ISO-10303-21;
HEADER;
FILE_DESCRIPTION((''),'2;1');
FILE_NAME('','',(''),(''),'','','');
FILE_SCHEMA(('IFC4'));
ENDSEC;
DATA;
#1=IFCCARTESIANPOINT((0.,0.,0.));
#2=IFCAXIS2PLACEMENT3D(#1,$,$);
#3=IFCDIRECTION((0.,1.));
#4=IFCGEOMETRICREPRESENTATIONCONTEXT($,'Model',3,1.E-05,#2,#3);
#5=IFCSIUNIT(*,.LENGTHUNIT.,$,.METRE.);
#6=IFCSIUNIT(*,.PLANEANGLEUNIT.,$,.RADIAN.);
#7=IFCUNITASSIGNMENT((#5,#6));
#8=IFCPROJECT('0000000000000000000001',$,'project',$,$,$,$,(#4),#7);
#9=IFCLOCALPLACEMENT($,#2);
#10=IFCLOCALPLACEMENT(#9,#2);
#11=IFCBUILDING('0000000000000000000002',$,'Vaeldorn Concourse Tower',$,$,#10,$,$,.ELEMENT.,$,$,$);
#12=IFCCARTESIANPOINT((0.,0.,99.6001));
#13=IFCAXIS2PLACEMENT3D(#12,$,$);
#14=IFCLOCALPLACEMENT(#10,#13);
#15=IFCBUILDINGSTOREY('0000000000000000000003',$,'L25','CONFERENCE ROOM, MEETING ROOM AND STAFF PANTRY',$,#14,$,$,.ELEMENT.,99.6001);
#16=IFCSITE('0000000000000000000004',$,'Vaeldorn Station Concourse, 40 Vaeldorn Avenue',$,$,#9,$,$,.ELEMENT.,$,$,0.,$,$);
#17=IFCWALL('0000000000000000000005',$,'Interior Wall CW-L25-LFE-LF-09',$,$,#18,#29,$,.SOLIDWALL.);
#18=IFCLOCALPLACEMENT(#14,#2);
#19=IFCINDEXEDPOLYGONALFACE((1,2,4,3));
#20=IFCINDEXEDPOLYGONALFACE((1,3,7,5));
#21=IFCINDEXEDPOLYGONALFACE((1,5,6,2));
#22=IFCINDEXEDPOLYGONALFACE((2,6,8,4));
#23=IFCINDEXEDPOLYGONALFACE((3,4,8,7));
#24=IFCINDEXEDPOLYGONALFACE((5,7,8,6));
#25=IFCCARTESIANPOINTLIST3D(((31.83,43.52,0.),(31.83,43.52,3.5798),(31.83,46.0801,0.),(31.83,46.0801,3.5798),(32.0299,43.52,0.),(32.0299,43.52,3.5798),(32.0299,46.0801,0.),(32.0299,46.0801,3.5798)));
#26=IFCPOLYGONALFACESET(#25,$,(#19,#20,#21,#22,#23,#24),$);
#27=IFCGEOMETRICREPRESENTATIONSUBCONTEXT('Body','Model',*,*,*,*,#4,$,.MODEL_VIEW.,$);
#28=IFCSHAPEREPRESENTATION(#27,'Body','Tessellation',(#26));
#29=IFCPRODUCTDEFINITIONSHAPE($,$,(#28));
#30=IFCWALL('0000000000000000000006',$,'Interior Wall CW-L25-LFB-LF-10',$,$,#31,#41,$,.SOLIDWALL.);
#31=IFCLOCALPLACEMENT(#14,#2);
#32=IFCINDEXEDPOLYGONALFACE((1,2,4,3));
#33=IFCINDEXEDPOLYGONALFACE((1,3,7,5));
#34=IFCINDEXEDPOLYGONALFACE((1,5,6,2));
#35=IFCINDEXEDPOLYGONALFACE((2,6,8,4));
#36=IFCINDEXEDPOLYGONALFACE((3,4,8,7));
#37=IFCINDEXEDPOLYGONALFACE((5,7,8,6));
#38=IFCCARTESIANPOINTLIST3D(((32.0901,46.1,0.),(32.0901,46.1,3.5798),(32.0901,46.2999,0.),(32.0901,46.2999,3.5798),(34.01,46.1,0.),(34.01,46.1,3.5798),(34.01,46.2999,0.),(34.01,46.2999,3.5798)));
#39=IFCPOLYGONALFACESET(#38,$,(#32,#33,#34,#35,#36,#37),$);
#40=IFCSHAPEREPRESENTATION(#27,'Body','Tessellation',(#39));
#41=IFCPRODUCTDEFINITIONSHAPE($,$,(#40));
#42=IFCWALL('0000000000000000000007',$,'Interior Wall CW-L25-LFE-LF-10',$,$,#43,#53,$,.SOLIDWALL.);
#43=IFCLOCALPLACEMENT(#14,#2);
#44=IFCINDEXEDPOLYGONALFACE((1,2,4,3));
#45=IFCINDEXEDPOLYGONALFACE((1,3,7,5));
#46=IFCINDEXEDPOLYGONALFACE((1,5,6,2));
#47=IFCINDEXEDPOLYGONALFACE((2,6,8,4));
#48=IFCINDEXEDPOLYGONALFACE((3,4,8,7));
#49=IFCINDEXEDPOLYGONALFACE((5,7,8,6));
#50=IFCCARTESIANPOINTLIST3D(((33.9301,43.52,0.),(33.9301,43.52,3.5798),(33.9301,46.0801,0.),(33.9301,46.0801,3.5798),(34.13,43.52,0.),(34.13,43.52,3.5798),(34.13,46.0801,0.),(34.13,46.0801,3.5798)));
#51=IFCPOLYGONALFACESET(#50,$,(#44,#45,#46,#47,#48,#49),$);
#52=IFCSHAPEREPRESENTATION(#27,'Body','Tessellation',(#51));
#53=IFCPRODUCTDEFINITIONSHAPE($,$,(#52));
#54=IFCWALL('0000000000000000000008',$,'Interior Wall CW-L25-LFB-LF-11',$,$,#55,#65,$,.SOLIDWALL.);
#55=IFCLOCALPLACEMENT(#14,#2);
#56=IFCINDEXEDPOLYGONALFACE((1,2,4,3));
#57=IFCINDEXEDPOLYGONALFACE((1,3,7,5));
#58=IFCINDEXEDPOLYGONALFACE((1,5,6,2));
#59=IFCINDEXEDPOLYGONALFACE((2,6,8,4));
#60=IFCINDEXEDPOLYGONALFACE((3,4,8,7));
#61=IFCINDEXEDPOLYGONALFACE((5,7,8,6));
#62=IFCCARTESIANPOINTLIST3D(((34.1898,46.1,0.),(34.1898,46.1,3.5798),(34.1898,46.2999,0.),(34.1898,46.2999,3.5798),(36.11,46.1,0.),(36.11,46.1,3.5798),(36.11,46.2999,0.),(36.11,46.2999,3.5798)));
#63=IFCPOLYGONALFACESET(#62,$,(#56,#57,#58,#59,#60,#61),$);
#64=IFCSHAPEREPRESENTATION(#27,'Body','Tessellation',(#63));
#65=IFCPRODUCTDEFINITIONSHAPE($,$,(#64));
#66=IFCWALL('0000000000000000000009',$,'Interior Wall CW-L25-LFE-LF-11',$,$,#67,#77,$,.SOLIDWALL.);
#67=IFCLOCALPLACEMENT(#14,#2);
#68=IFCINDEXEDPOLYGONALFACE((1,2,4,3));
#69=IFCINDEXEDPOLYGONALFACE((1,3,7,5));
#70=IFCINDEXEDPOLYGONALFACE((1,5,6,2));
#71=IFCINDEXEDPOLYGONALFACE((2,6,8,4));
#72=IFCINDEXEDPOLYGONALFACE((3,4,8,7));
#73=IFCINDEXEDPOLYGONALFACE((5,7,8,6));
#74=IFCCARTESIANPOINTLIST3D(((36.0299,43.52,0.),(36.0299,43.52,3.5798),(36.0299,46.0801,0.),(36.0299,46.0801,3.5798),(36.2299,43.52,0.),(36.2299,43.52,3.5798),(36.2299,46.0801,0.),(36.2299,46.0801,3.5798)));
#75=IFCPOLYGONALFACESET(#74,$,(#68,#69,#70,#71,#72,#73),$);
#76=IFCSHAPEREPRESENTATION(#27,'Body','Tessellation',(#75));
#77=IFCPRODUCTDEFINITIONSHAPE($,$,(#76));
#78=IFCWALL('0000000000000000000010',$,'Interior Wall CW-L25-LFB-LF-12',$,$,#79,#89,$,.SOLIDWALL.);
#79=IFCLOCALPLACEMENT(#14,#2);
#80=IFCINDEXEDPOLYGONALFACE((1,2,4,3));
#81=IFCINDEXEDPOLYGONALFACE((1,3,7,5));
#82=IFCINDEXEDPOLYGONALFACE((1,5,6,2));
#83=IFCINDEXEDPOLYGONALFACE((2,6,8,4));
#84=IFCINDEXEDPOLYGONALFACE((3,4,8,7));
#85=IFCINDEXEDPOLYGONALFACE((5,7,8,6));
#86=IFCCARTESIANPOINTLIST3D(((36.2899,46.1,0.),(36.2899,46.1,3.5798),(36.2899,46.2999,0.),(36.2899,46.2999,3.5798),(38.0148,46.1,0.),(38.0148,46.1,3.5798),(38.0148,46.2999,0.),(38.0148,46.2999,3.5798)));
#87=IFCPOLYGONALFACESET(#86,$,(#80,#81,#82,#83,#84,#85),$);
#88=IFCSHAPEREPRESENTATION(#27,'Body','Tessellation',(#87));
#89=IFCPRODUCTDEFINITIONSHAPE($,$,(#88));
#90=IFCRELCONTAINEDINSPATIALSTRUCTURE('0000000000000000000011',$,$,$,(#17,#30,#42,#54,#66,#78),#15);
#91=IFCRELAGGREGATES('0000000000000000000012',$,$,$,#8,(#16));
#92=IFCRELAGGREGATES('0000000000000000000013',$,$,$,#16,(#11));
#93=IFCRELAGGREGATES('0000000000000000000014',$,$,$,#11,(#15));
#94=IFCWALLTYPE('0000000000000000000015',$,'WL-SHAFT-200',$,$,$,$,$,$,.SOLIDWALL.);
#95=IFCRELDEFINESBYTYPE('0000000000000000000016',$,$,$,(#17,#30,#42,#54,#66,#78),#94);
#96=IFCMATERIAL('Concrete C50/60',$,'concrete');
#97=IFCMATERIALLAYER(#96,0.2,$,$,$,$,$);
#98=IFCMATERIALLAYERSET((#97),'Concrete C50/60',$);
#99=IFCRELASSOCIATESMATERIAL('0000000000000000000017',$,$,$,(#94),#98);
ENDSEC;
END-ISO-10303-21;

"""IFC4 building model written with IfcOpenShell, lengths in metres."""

from ifc_helpers import new_model, si_unit, direction, frame, frame_2d, origin, place, context, subcontext, project, spatial, rectangle, extrude, material, layer, layer_set, type_object, element, save


model = new_model("IFC4")

# Units and contexts
model_context = context("Model", 3, precision=1e-05, world=origin(), true_north=direction((0.0, 1.0)))
body_context = subcontext(model_context, "Body", "Model", "MODEL_VIEW")
ifc_project = project(units=[si_unit("LENGTHUNIT", "METRE"), si_unit("PLANEANGLEUNIT", "RADIAN")], contexts=[model_context])

# Site, building, storey
site_placement = place(None, origin())
site = spatial("IfcSite", under=ifc_project, at=site_placement, Name="Vaeldorn Station Concourse, 40 Vaeldorn Avenue", CompositionType="ELEMENT", RefElevation=0.0)
building_placement = place(site_placement, origin())
building = spatial("IfcBuilding", under=site, at=building_placement, Name="Vaeldorn Concourse Tower", CompositionType="ELEMENT")
storey_placement = place(building_placement, frame((0.0, 0.0, 99.6001)))
storey = spatial("IfcBuildingStorey", under=building, at=storey_placement, Name="L25", Description="CONFERENCE ROOM, MEETING ROOM AND STAFF PANTRY", CompositionType="ELEMENT", Elevation=99.6001)

# Walls
ifc_material_1 = material(Name="Concrete C50/60", Category="concrete")
ifc_layer_1 = layer(ifc_material_1, 0.2)
ifc_layer_set_1 = layer_set([ifc_layer_1], Name="Concrete C50/60")
wall_type_1 = type_object("IfcWallType", Name="WL-SHAFT-200", PredefinedType="SOLIDWALL", material=ifc_layer_set_1)
wall_1_placement = place(storey_placement, frame((31.9299, 43.52, 0.0), z_axis=(0.0, 0.0, 1.0), x_axis=(0.0, 1.0, 0.0)))
element("IfcWall", 1, at=wall_1_placement, inside=storey, type_object=wall_type_1, Name="Interior Wall CW-L25-LFE-LF-09", PredefinedType="SOLIDWALL", context=body_context, shape_type="SweptSolid", body=[
    extrude(rectangle(XDim=2.5601, YDim=0.2, at=frame_2d((1.28, 0.0))), origin(), (0.0, 0.0, 1.0), 3.5798),
])
wall_2_placement = place(storey_placement, frame((32.0901, 46.2, 0.0), z_axis=(0.0, 0.0, 1.0), x_axis=(1.0, 0.0, 0.0)))
element("IfcWall", 2, at=wall_2_placement, inside=storey, type_object=wall_type_1, Name="Interior Wall CW-L25-LFB-LF-10", PredefinedType="SOLIDWALL", context=body_context, shape_type="SweptSolid", body=[
    extrude(rectangle(XDim=1.9199, YDim=0.2, at=frame_2d((0.96, 0.0))), origin(), (0.0, 0.0, 1.0), 3.5798),
])
wall_3_placement = place(storey_placement, frame((34.03, 43.52, 0.0), z_axis=(0.0, 0.0, 1.0), x_axis=(0.0, 1.0, 0.0)))
element("IfcWall", 3, at=wall_3_placement, inside=storey, type_object=wall_type_1, Name="Interior Wall CW-L25-LFE-LF-10", PredefinedType="SOLIDWALL", context=body_context, shape_type="SweptSolid", body=[
    extrude(rectangle(XDim=2.5601, YDim=0.2, at=frame_2d((1.28, 0.0))), origin(), (0.0, 0.0, 1.0), 3.5798),
])
wall_4_placement = place(storey_placement, frame((34.1899, 46.2, 0.0), z_axis=(0.0, 0.0, 1.0), x_axis=(1.0, 0.0, 0.0)))
element("IfcWall", 4, at=wall_4_placement, inside=storey, type_object=wall_type_1, Name="Interior Wall CW-L25-LFB-LF-11", PredefinedType="SOLIDWALL", context=body_context, shape_type="SweptSolid", body=[
    extrude(rectangle(XDim=1.9202, YDim=0.2, at=frame_2d((0.96, 0.0))), origin(), (0.0, 0.0, 1.0), 3.5798),
])
wall_5_placement = place(storey_placement, frame((36.1299, 43.52, 0.0), z_axis=(0.0, 0.0, 1.0), x_axis=(0.0, 1.0, 0.0)))
element("IfcWall", 5, at=wall_5_placement, inside=storey, type_object=wall_type_1, Name="Interior Wall CW-L25-LFE-LF-11", PredefinedType="SOLIDWALL", context=body_context, shape_type="SweptSolid", body=[
    extrude(rectangle(XDim=2.5601, YDim=0.2, at=frame_2d((1.28, 0.0))), origin(), (0.0, 0.0, 1.0), 3.5798),
])

# Wall
wall_6_placement = place(storey_placement, frame((36.29, 46.2, 0.0), z_axis=(0.0, 0.0, 1.0), x_axis=(1.0, 0.0, 0.0)))
element("IfcWall", 6, at=wall_6_placement, inside=storey, type_object=wall_type_1, Name="Interior Wall CW-L25-LFB-LF-12", PredefinedType="SOLIDWALL", context=body_context, shape_type="SweptSolid", body=[
    extrude(rectangle(XDim=1.7249, YDim=0.2, at=frame_2d((0.8623, 0.0))), origin(), (0.0, 0.0, 1.0), 3.5798),
])

save(model, "model.ifc")
